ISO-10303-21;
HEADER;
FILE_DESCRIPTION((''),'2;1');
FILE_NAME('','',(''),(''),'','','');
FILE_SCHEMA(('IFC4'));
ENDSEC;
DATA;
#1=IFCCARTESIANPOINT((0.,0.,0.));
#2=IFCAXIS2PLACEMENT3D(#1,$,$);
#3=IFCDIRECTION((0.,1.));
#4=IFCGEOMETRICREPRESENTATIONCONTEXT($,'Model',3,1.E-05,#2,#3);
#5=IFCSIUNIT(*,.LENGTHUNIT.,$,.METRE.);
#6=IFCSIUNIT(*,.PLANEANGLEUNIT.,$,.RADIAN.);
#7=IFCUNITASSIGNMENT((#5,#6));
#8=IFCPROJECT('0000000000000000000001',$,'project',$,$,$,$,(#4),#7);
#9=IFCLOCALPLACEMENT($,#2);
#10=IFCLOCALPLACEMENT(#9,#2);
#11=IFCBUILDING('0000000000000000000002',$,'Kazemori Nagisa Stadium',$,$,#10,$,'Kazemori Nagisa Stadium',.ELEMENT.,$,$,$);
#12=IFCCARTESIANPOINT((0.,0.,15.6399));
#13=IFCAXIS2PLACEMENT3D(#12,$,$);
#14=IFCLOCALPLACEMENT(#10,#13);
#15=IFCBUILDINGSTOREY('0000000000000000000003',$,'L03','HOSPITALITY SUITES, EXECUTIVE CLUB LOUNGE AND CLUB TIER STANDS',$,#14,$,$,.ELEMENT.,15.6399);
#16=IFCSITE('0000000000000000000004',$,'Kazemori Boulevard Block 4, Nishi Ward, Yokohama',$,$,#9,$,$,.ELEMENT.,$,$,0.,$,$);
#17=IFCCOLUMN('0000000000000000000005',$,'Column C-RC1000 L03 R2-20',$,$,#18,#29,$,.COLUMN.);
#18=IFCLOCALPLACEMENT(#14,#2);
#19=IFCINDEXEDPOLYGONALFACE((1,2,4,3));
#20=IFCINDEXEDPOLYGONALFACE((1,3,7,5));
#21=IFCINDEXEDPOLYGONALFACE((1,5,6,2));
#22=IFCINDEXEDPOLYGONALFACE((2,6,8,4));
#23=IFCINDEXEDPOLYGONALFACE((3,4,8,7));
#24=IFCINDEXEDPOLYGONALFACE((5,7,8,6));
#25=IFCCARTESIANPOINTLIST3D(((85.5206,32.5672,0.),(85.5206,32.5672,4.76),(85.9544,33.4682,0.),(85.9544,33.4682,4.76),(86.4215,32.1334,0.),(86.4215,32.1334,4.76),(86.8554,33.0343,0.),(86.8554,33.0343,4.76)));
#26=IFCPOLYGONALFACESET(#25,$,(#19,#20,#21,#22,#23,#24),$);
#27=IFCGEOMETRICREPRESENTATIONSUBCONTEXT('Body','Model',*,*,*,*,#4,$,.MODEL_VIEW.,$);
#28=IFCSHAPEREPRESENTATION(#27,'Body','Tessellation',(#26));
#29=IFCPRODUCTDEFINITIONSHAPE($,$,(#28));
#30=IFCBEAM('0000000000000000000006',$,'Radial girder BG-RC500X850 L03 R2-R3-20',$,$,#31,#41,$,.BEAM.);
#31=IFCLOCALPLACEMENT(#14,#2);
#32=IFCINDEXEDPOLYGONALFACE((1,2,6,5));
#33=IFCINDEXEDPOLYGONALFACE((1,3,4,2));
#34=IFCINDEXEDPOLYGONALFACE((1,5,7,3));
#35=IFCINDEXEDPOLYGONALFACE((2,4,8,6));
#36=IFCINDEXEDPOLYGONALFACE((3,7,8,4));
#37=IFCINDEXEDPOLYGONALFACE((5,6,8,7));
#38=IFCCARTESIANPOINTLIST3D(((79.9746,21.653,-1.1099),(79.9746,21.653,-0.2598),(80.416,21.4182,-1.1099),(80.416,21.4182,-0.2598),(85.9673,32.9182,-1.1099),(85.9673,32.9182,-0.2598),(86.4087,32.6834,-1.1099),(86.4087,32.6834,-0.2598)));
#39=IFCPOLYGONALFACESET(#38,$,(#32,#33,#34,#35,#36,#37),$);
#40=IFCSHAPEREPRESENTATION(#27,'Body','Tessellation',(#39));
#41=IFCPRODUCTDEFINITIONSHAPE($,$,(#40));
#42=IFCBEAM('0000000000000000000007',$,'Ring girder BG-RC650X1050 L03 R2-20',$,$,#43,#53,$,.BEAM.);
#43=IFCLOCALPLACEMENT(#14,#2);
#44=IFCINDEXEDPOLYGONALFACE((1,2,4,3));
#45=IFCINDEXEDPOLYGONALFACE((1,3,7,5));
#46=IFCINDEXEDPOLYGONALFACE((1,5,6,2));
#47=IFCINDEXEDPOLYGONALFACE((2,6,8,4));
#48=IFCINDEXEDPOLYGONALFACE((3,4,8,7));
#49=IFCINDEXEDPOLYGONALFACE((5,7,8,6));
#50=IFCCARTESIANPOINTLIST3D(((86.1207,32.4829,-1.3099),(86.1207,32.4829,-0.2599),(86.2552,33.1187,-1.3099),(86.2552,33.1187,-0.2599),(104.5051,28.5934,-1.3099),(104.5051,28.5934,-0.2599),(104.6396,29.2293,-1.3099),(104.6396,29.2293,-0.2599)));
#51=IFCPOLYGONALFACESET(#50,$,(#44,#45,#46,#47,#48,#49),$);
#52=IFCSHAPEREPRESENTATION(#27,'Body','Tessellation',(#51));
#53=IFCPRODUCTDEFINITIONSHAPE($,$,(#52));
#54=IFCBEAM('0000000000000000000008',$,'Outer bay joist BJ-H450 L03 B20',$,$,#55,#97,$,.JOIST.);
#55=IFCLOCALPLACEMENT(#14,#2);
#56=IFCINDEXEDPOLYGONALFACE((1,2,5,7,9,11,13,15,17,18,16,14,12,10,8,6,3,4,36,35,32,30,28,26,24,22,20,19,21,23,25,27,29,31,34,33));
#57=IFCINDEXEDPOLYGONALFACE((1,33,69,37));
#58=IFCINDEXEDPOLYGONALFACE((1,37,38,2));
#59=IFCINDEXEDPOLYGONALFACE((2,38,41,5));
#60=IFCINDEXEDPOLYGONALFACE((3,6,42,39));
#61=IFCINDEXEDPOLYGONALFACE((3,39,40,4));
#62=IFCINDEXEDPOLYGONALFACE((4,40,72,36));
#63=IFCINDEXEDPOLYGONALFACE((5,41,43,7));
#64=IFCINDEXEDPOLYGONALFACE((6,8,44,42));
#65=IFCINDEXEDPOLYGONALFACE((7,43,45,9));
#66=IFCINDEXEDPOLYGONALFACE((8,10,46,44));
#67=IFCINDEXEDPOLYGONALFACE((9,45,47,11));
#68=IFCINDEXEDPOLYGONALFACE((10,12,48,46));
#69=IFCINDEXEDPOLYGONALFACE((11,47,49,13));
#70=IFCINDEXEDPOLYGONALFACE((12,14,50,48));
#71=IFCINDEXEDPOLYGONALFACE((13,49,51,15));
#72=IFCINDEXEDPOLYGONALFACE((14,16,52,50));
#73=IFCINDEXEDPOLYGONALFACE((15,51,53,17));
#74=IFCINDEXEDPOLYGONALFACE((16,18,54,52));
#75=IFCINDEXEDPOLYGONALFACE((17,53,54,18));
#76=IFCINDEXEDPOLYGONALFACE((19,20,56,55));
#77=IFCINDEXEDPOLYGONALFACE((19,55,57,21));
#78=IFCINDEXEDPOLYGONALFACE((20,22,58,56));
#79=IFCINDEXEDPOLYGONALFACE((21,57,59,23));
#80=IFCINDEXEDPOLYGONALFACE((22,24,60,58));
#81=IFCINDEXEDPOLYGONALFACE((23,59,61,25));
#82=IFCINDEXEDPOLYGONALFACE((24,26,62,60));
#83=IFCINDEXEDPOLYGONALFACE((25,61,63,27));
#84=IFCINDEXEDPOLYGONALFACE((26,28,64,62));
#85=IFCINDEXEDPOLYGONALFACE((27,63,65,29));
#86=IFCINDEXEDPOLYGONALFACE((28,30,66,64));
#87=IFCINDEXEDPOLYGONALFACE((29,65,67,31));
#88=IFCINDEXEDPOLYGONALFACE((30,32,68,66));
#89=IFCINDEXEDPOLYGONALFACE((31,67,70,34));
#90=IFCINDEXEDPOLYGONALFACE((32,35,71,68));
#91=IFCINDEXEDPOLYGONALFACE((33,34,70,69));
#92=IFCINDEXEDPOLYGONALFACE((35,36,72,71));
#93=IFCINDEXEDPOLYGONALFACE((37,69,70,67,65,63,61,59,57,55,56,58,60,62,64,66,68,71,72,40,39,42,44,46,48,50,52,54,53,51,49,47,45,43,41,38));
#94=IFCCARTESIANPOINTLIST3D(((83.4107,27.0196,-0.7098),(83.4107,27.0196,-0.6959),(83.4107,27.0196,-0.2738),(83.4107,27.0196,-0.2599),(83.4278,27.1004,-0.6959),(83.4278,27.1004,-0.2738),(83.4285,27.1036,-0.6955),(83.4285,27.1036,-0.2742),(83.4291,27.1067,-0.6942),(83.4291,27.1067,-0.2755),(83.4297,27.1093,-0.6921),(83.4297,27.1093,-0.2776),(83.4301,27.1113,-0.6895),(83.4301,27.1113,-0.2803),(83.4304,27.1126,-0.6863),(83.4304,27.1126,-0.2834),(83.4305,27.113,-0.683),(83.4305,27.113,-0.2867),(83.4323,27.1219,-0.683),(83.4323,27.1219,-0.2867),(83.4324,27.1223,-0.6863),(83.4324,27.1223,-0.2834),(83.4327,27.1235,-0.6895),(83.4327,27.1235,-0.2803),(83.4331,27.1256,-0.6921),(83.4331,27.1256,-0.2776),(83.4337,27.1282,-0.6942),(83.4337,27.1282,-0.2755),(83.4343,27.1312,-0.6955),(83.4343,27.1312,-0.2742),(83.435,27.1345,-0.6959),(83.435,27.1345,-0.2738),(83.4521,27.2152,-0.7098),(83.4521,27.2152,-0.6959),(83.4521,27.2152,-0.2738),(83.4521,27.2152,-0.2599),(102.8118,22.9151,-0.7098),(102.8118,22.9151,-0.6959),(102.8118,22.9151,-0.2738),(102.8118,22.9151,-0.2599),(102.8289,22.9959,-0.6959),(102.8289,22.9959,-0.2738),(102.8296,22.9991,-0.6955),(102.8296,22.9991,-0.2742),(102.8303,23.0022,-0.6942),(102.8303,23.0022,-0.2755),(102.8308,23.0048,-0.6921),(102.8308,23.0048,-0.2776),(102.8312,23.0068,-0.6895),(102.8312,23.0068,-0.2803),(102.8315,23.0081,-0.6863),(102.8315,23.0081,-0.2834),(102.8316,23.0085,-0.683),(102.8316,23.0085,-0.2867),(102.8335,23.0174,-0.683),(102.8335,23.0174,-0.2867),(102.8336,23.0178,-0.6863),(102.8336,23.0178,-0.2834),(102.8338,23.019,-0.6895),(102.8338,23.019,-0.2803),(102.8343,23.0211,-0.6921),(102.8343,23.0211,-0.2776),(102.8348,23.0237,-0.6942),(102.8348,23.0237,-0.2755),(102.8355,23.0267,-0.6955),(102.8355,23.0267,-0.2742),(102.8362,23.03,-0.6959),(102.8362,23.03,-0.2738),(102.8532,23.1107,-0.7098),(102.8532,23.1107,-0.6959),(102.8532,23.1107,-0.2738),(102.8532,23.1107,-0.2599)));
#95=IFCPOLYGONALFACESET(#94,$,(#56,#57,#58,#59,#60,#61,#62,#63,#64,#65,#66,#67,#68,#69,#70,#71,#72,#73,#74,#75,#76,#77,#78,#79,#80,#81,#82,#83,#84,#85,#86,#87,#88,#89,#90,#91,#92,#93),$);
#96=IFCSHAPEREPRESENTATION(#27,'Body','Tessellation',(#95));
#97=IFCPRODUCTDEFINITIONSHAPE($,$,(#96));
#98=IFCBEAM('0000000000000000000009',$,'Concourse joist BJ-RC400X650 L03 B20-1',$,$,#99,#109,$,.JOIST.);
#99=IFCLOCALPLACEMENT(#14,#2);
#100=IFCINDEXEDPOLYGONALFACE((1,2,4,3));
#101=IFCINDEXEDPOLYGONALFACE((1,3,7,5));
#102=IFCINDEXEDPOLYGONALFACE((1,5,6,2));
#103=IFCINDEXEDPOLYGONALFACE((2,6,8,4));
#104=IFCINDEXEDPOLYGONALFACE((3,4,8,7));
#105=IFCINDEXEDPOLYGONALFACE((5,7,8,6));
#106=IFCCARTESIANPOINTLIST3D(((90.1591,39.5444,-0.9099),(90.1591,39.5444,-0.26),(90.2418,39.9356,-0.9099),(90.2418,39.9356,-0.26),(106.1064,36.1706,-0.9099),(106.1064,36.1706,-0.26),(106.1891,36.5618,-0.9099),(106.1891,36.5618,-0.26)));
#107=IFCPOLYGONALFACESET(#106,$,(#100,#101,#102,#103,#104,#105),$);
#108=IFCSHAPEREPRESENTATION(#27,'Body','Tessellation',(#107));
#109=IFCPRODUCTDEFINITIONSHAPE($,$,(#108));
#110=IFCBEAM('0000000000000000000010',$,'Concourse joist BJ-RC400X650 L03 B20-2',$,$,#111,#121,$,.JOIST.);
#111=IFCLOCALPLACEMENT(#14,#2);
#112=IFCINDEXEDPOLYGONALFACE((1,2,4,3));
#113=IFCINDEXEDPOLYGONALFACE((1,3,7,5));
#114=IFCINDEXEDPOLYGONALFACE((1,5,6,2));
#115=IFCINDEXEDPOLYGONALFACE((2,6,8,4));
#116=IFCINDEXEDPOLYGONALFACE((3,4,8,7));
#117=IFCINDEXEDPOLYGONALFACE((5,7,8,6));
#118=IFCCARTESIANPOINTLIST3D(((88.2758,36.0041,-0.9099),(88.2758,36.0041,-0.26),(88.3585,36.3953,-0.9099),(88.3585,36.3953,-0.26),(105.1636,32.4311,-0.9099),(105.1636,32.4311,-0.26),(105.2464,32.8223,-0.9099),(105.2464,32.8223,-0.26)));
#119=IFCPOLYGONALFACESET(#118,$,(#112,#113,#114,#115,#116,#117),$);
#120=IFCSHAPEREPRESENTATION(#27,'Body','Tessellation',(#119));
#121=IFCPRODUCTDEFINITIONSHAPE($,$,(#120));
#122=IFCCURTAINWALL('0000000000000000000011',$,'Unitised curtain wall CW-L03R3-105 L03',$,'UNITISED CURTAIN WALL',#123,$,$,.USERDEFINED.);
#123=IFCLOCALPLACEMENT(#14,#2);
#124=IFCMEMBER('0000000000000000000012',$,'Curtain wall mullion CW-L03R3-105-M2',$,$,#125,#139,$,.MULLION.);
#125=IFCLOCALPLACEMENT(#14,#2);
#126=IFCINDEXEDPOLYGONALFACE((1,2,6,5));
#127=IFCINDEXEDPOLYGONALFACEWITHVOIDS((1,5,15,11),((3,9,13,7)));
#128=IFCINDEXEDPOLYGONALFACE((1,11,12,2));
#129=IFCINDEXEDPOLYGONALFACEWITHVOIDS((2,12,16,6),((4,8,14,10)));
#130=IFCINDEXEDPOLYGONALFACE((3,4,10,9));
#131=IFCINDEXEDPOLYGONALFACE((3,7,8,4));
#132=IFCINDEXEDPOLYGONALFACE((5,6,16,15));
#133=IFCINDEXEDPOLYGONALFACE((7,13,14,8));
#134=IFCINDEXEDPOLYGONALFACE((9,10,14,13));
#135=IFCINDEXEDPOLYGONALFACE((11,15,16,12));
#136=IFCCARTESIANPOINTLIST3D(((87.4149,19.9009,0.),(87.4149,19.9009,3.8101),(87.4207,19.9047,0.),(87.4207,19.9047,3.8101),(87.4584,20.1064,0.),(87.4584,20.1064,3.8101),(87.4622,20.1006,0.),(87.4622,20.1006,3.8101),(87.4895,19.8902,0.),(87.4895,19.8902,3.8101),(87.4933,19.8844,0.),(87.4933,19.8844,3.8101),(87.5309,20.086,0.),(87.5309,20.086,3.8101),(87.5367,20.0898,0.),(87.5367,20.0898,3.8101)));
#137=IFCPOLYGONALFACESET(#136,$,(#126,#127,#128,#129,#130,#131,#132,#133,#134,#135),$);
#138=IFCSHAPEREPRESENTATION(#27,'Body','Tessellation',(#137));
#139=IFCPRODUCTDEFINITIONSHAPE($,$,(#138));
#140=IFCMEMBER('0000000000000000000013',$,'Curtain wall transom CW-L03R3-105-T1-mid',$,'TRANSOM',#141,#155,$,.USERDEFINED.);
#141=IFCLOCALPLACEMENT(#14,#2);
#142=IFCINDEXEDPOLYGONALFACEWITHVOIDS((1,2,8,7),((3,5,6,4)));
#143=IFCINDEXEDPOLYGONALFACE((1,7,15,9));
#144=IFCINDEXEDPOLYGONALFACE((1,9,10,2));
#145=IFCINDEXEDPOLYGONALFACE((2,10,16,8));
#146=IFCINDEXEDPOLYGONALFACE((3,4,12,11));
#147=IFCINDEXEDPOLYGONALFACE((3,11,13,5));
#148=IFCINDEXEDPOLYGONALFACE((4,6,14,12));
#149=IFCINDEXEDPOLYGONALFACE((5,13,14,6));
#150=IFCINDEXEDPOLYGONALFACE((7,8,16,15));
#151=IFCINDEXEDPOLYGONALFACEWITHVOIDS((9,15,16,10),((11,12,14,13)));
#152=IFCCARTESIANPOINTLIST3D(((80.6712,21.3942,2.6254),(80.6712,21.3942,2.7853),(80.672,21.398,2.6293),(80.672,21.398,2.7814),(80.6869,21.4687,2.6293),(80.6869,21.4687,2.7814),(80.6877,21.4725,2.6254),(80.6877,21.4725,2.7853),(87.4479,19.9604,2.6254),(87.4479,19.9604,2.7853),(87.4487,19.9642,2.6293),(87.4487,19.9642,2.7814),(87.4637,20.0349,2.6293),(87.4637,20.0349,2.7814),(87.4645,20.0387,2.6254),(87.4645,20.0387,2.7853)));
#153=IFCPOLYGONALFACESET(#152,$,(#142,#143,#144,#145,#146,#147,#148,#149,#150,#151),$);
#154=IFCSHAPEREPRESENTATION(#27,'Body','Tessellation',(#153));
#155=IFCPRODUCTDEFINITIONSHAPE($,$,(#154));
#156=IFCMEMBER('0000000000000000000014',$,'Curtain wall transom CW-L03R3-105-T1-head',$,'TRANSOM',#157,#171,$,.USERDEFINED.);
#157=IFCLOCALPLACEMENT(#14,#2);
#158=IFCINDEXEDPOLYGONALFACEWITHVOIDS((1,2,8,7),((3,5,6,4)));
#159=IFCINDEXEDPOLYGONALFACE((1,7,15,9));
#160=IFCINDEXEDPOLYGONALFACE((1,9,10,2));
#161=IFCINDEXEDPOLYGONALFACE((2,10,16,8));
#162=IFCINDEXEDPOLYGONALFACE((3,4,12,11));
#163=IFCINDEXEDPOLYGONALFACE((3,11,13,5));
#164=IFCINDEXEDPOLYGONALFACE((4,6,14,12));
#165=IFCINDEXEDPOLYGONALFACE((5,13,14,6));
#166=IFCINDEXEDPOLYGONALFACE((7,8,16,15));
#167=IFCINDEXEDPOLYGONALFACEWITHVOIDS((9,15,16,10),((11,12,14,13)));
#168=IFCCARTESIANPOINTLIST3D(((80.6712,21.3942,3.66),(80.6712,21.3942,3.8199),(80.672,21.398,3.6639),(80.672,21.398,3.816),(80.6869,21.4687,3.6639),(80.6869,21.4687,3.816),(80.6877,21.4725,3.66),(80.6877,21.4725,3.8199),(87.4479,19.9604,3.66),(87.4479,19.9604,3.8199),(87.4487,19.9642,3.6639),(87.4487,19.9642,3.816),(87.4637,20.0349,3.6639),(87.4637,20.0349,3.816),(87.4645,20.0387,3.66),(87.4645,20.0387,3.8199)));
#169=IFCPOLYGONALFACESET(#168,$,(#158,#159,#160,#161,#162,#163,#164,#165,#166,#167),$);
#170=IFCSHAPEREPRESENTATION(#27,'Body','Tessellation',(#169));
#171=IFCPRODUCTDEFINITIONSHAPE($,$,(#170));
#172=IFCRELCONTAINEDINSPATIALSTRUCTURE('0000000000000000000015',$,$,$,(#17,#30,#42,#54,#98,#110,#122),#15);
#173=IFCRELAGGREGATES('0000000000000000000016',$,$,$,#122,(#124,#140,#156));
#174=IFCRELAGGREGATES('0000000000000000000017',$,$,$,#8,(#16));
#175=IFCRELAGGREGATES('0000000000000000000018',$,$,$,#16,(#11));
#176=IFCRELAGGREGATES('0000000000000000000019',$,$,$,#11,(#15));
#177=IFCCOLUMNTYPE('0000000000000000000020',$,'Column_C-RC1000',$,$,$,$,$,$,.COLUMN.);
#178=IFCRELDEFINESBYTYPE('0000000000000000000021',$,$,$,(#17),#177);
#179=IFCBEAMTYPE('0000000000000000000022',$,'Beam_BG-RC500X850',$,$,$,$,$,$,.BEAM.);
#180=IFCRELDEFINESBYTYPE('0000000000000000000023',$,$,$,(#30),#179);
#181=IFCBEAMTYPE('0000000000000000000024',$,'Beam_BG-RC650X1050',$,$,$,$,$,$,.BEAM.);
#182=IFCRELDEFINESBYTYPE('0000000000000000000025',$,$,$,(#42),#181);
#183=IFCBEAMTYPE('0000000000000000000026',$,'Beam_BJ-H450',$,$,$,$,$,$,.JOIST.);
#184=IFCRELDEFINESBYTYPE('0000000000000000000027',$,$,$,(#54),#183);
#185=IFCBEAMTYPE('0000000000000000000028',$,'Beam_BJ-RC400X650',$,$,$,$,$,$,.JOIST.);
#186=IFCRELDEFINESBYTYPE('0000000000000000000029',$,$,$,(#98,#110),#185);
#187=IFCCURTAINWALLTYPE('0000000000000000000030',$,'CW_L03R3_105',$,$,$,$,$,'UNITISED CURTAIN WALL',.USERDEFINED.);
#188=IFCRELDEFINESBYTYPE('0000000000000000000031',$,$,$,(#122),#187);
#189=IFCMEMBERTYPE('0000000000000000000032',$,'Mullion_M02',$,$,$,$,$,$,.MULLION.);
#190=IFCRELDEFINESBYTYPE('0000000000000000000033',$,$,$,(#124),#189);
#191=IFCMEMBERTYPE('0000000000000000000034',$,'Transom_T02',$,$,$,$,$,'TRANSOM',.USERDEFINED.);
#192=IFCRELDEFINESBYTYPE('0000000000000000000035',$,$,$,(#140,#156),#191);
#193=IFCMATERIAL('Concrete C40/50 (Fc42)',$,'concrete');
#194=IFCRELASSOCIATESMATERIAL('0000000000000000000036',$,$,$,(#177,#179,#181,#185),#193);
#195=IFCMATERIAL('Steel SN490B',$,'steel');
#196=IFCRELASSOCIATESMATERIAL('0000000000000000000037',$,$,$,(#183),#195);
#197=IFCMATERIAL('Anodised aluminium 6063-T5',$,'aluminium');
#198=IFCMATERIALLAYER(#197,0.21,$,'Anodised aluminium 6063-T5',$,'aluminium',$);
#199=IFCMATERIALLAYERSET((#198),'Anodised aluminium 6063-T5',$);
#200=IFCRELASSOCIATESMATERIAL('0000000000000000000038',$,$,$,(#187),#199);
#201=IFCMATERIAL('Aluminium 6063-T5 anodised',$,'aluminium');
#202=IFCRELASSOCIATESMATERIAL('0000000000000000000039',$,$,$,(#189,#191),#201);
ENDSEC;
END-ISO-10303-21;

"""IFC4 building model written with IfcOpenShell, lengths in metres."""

from ifc_helpers import new_model, si_unit, direction, frame, origin, origin_2d, place, context, subcontext, project, spatial, rectangle, hollow_rectangle, i_section, extrude, material, layer, layer_set, material_profile, profile_set, type_object, element, aggregate, save


model = new_model("IFC4")

# Units and contexts
model_context = context("Model", 3, precision=1e-05, world=origin(), true_north=direction((0.0, 1.0)))
body_context = subcontext(model_context, "Body", "Model", "MODEL_VIEW")
ifc_project = project(units=[si_unit("LENGTHUNIT", "METRE"), si_unit("PLANEANGLEUNIT", "RADIAN")], contexts=[model_context])

# Site, building, storey
site_placement = place(None, origin())
site = spatial("IfcSite", under=ifc_project, at=site_placement, Name="Kazemori Boulevard Block 4, Nishi Ward, Yokohama", CompositionType="ELEMENT", RefElevation=0.0)
building_placement = place(site_placement, origin())
building = spatial("IfcBuilding", under=site, at=building_placement, Name="Kazemori Nagisa Stadium", LongName="Kazemori Nagisa Stadium", CompositionType="ELEMENT")
storey_placement = place(building_placement, frame((0.0, 0.0, 15.6399)))
storey = spatial("IfcBuildingStorey", under=building, at=storey_placement, Name="L03", Description="HOSPITALITY SUITES, EXECUTIVE CLUB LOUNGE AND CLUB TIER STANDS", CompositionType="ELEMENT", Elevation=15.6399)

# Column
ifc_material_1 = material(Name="Concrete C40/50 (Fc42)", Category="concrete")
ifc_material_profile_1 = material_profile(ifc_material_1, rectangle(XDim=1.0, YDim=1.0, at=origin_2d()), Name="RC-COL-1000x1000")
ifc_profile_set_1 = profile_set([ifc_material_profile_1], Name="Concrete C40/50 (Fc42)")
column_type = type_object("IfcColumnType", Name="Column_C-RC1000", PredefinedType="COLUMN", material=ifc_profile_set_1)
column_placement = place(storey_placement, frame((86.188, 32.8008, 0.0), z_axis=(0.0, 0.0, 1.0), x_axis=(-0.433884, -0.900969, 0.0)))
element("IfcColumn", 1, at=column_placement, inside=storey, type_object=column_type, Name="Column C-RC1000 L03 R2-20", PredefinedType="COLUMN", context=body_context, shape_type="SweptSolid", body=[
    extrude(rectangle(XDim=1.0, YDim=1.0, at=origin_2d()), origin(), (0.0, 0.0, 1.0), 4.76),
])

# Beams
ifc_material_profile_2 = material_profile(ifc_material_1, rectangle(XDim=0.5, YDim=0.8501, at=origin_2d()), Name="RC-BM-500x850")
ifc_profile_set_2 = profile_set([ifc_material_profile_2], Name="Concrete C40/50 (Fc42)")
beam_type_1 = type_object("IfcBeamType", Name="Beam_BG-RC500X850", PredefinedType="BEAM", material=ifc_profile_set_2)
beam_1_placement = place(storey_placement, frame((86.188, 32.8008, -0.6848), z_axis=(-0.469649, -0.882853, 0.0), x_axis=(0.882853, -0.469649, 0.0)))
element("IfcBeam", 2, at=beam_1_placement, inside=storey, type_object=beam_type_1, Name="Radial girder BG-RC500X850 L03 R2-R3-20", PredefinedType="BEAM", context=body_context, shape_type="SweptSolid", body=[
    extrude(rectangle(XDim=0.5, YDim=0.8501, at=origin_2d()), origin(), (0.0, 0.0, 1.0), 12.76),
])
ifc_material_profile_3 = material_profile(ifc_material_1, rectangle(XDim=0.6499, YDim=1.05, at=origin_2d()), Name="RC-BM-650x1050")
ifc_profile_set_3 = profile_set([ifc_material_profile_3], Name="Concrete C40/50 (Fc42)")
beam_type_2 = type_object("IfcBeamType", Name="Beam_BG-RC650X1050", PredefinedType="BEAM", material=ifc_profile_set_3)
beam_2_placement = place(storey_placement, frame((86.188, 32.8008, -0.7849), z_axis=(0.978345, -0.20698, 0.0), x_axis=(0.20698, 0.978345, 0.0)))
element("IfcBeam", 3, at=beam_2_placement, inside=storey, type_object=beam_type_2, Name="Ring girder BG-RC650X1050 L03 R2-20", PredefinedType="BEAM", context=body_context, shape_type="SweptSolid", body=[
    extrude(rectangle(XDim=0.6499, YDim=1.05, at=origin_2d()), origin(), (0.0, 0.0, 1.0), 18.7913),
])
ifc_material_2 = material(Name="Steel SN490B", Category="steel")
ifc_material_profile_4 = material_profile(ifc_material_2, i_section(OverallWidth=0.2, OverallDepth=0.45, WebThickness=0.009, FlangeThickness=0.0139, FilletRadius=0.0129, at=origin_2d()), Name="H-450x200x9x14")
ifc_profile_set_4 = profile_set([ifc_material_profile_4], Name="Steel SN490B")
beam_type_3 = type_object("IfcBeamType", Name="Beam_BJ-H450", PredefinedType="JOIST", material=ifc_profile_set_4)
beam_3_placement = place(storey_placement, frame((83.4314, 27.1174, -0.4849), z_axis=(0.978346, -0.206978, 0.0), x_axis=(0.206978, 0.978346, 0.0)))
element("IfcBeam", 4, at=beam_3_placement, inside=storey, type_object=beam_type_3, Name="Outer bay joist BJ-H450 L03 B20", PredefinedType="JOIST", context=body_context, shape_type="SweptSolid", body=[
    extrude(i_section(OverallWidth=0.2, OverallDepth=0.45, WebThickness=0.009, FlangeThickness=0.0139, FilletRadius=0.0129, at=origin_2d()), origin(), (0.0, 0.0, 1.0), 19.8306),
])
ifc_material_profile_5 = material_profile(ifc_material_1, rectangle(XDim=0.3999, YDim=0.6499, at=origin_2d()), Name="RC-BM-400x650")
ifc_profile_set_5 = profile_set([ifc_material_profile_5], Name="Concrete C40/50 (Fc42)")
beam_type_4 = type_object("IfcBeamType", Name="Beam_BJ-RC400X650", PredefinedType="JOIST", material=ifc_profile_set_5)
beam_4_placement = place(storey_placement, frame((90.2004, 39.74, -0.585), z_axis=(0.978346, -0.206977, 0.0), x_axis=(0.206977, 0.978346, 0.0)))
element("IfcBeam", 5, at=beam_4_placement, inside=storey, type_object=beam_type_4, Name="Concourse joist BJ-RC400X650 L03 B20-1", PredefinedType="JOIST", context=body_context, shape_type="SweptSolid", body=[
    extrude(rectangle(XDim=0.3999, YDim=0.6499, at=origin_2d()), origin(), (0.0, 0.0, 1.0), 16.3003),
])
beam_5_placement = place(storey_placement, frame((88.3171, 36.1997, -0.585), z_axis=(0.978343, -0.206989, 0.0), x_axis=(0.206989, 0.978343, 0.0)))
element("IfcBeam", 6, at=beam_5_placement, inside=storey, type_object=beam_type_4, Name="Concourse joist BJ-RC400X650 L03 B20-2", PredefinedType="JOIST", context=body_context, shape_type="SweptSolid", body=[
    extrude(rectangle(XDim=0.3999, YDim=0.6499, at=origin_2d()), origin(), (0.0, 0.0, 1.0), 17.2617),
])

# Curtain wall, members
ifc_material_3 = material(Name="Anodised aluminium 6063-T5", Category="aluminium")
ifc_layer_1 = layer(ifc_material_3, 0.21, Name="Anodised aluminium 6063-T5", Category="aluminium")
ifc_layer_set_1 = layer_set([ifc_layer_1], Name="Anodised aluminium 6063-T5")
curtain_wall_type_1 = type_object("IfcCurtainWallType", Name="CW_L03R3_105", ElementType="UNITISED CURTAIN WALL", PredefinedType="USERDEFINED", material=ifc_layer_set_1)
curtain_wall_1_placement = place(storey_placement, origin())
curtain_wall_1 = element("IfcCurtainWall", 7, at=curtain_wall_1_placement, inside=storey, type_object=curtain_wall_type_1, Name="Unitised curtain wall CW-L03R3-105 L03", ObjectType="UNITISED CURTAIN WALL", PredefinedType="USERDEFINED")
ifc_material_4 = material(Name="Aluminium 6063-T5 anodised", Category="aluminium")
ifc_material_profile_6 = material_profile(ifc_material_4, hollow_rectangle(XDim=0.0801, YDim=0.21, WallThickness=0.0049, at=origin_2d()), Name="ALU-MULL-80x210x5")
ifc_profile_set_6 = profile_set([ifc_material_profile_6], Name="Aluminium 6063-T5 anodised")
member_type_1 = type_object("IfcMemberType", Name="Mullion_M02", PredefinedType="MULLION", material=ifc_profile_set_6)
member_1_placement = place(storey_placement, frame((87.4758, 19.9954, 0.0), z_axis=(0.0, 0.0, 1.0), x_axis=(0.978345, -0.206981, 0.0)))
member_1 = element("IfcMember", 8, at=member_1_placement, type_object=member_type_1, Name="Curtain wall mullion CW-L03R3-105-M2", PredefinedType="MULLION", context=body_context, shape_type="SweptSolid", body=[
    extrude(hollow_rectangle(XDim=0.0801, YDim=0.21, WallThickness=0.0049, at=origin_2d()), origin(), (0.0, 0.0, 1.0), 3.8101),
])
ifc_material_profile_7 = material_profile(ifc_material_4, hollow_rectangle(XDim=0.0801, YDim=0.1599, WallThickness=0.0039, at=origin_2d()), Name="ALU-TRAN-80x160x4")
ifc_profile_set_7 = profile_set([ifc_material_profile_7], Name="Aluminium 6063-T5 anodised")
member_type_2 = type_object("IfcMemberType", Name="Transom_T02", ElementType="TRANSOM", PredefinedType="USERDEFINED", material=ifc_profile_set_7)
member_2_placement = place(storey_placement, frame((80.6794, 21.4333, 2.7053), z_axis=(0.978342, -0.206996, 0.0), x_axis=(0.206996, 0.978342, 0.0)))
member_2 = element("IfcMember", 9, at=member_2_placement, type_object=member_type_2, Name="Curtain wall transom CW-L03R3-105-T1-mid", ObjectType="TRANSOM", PredefinedType="USERDEFINED", context=body_context, shape_type="SweptSolid", body=[
    extrude(hollow_rectangle(XDim=0.0801, YDim=0.1599, WallThickness=0.0039, at=origin_2d()), origin(), (0.0, 0.0, 1.0), 6.9268),
])
member_3_placement = place(storey_placement, frame((80.6794, 21.4333, 3.74), z_axis=(0.978342, -0.206996, 0.0), x_axis=(0.206996, 0.978342, 0.0)))
member_3 = element("IfcMember", 10, at=member_3_placement, type_object=member_type_2, Name="Curtain wall transom CW-L03R3-105-T1-head", ObjectType="TRANSOM", PredefinedType="USERDEFINED", context=body_context, shape_type="SweptSolid", body=[
    extrude(hollow_rectangle(XDim=0.0801, YDim=0.1599, WallThickness=0.0039, at=origin_2d()), origin(), (0.0, 0.0, 1.0), 6.9268),
])

aggregate(curtain_wall_1, [member_1, member_2, member_3])

save(model, "model.ifc")
